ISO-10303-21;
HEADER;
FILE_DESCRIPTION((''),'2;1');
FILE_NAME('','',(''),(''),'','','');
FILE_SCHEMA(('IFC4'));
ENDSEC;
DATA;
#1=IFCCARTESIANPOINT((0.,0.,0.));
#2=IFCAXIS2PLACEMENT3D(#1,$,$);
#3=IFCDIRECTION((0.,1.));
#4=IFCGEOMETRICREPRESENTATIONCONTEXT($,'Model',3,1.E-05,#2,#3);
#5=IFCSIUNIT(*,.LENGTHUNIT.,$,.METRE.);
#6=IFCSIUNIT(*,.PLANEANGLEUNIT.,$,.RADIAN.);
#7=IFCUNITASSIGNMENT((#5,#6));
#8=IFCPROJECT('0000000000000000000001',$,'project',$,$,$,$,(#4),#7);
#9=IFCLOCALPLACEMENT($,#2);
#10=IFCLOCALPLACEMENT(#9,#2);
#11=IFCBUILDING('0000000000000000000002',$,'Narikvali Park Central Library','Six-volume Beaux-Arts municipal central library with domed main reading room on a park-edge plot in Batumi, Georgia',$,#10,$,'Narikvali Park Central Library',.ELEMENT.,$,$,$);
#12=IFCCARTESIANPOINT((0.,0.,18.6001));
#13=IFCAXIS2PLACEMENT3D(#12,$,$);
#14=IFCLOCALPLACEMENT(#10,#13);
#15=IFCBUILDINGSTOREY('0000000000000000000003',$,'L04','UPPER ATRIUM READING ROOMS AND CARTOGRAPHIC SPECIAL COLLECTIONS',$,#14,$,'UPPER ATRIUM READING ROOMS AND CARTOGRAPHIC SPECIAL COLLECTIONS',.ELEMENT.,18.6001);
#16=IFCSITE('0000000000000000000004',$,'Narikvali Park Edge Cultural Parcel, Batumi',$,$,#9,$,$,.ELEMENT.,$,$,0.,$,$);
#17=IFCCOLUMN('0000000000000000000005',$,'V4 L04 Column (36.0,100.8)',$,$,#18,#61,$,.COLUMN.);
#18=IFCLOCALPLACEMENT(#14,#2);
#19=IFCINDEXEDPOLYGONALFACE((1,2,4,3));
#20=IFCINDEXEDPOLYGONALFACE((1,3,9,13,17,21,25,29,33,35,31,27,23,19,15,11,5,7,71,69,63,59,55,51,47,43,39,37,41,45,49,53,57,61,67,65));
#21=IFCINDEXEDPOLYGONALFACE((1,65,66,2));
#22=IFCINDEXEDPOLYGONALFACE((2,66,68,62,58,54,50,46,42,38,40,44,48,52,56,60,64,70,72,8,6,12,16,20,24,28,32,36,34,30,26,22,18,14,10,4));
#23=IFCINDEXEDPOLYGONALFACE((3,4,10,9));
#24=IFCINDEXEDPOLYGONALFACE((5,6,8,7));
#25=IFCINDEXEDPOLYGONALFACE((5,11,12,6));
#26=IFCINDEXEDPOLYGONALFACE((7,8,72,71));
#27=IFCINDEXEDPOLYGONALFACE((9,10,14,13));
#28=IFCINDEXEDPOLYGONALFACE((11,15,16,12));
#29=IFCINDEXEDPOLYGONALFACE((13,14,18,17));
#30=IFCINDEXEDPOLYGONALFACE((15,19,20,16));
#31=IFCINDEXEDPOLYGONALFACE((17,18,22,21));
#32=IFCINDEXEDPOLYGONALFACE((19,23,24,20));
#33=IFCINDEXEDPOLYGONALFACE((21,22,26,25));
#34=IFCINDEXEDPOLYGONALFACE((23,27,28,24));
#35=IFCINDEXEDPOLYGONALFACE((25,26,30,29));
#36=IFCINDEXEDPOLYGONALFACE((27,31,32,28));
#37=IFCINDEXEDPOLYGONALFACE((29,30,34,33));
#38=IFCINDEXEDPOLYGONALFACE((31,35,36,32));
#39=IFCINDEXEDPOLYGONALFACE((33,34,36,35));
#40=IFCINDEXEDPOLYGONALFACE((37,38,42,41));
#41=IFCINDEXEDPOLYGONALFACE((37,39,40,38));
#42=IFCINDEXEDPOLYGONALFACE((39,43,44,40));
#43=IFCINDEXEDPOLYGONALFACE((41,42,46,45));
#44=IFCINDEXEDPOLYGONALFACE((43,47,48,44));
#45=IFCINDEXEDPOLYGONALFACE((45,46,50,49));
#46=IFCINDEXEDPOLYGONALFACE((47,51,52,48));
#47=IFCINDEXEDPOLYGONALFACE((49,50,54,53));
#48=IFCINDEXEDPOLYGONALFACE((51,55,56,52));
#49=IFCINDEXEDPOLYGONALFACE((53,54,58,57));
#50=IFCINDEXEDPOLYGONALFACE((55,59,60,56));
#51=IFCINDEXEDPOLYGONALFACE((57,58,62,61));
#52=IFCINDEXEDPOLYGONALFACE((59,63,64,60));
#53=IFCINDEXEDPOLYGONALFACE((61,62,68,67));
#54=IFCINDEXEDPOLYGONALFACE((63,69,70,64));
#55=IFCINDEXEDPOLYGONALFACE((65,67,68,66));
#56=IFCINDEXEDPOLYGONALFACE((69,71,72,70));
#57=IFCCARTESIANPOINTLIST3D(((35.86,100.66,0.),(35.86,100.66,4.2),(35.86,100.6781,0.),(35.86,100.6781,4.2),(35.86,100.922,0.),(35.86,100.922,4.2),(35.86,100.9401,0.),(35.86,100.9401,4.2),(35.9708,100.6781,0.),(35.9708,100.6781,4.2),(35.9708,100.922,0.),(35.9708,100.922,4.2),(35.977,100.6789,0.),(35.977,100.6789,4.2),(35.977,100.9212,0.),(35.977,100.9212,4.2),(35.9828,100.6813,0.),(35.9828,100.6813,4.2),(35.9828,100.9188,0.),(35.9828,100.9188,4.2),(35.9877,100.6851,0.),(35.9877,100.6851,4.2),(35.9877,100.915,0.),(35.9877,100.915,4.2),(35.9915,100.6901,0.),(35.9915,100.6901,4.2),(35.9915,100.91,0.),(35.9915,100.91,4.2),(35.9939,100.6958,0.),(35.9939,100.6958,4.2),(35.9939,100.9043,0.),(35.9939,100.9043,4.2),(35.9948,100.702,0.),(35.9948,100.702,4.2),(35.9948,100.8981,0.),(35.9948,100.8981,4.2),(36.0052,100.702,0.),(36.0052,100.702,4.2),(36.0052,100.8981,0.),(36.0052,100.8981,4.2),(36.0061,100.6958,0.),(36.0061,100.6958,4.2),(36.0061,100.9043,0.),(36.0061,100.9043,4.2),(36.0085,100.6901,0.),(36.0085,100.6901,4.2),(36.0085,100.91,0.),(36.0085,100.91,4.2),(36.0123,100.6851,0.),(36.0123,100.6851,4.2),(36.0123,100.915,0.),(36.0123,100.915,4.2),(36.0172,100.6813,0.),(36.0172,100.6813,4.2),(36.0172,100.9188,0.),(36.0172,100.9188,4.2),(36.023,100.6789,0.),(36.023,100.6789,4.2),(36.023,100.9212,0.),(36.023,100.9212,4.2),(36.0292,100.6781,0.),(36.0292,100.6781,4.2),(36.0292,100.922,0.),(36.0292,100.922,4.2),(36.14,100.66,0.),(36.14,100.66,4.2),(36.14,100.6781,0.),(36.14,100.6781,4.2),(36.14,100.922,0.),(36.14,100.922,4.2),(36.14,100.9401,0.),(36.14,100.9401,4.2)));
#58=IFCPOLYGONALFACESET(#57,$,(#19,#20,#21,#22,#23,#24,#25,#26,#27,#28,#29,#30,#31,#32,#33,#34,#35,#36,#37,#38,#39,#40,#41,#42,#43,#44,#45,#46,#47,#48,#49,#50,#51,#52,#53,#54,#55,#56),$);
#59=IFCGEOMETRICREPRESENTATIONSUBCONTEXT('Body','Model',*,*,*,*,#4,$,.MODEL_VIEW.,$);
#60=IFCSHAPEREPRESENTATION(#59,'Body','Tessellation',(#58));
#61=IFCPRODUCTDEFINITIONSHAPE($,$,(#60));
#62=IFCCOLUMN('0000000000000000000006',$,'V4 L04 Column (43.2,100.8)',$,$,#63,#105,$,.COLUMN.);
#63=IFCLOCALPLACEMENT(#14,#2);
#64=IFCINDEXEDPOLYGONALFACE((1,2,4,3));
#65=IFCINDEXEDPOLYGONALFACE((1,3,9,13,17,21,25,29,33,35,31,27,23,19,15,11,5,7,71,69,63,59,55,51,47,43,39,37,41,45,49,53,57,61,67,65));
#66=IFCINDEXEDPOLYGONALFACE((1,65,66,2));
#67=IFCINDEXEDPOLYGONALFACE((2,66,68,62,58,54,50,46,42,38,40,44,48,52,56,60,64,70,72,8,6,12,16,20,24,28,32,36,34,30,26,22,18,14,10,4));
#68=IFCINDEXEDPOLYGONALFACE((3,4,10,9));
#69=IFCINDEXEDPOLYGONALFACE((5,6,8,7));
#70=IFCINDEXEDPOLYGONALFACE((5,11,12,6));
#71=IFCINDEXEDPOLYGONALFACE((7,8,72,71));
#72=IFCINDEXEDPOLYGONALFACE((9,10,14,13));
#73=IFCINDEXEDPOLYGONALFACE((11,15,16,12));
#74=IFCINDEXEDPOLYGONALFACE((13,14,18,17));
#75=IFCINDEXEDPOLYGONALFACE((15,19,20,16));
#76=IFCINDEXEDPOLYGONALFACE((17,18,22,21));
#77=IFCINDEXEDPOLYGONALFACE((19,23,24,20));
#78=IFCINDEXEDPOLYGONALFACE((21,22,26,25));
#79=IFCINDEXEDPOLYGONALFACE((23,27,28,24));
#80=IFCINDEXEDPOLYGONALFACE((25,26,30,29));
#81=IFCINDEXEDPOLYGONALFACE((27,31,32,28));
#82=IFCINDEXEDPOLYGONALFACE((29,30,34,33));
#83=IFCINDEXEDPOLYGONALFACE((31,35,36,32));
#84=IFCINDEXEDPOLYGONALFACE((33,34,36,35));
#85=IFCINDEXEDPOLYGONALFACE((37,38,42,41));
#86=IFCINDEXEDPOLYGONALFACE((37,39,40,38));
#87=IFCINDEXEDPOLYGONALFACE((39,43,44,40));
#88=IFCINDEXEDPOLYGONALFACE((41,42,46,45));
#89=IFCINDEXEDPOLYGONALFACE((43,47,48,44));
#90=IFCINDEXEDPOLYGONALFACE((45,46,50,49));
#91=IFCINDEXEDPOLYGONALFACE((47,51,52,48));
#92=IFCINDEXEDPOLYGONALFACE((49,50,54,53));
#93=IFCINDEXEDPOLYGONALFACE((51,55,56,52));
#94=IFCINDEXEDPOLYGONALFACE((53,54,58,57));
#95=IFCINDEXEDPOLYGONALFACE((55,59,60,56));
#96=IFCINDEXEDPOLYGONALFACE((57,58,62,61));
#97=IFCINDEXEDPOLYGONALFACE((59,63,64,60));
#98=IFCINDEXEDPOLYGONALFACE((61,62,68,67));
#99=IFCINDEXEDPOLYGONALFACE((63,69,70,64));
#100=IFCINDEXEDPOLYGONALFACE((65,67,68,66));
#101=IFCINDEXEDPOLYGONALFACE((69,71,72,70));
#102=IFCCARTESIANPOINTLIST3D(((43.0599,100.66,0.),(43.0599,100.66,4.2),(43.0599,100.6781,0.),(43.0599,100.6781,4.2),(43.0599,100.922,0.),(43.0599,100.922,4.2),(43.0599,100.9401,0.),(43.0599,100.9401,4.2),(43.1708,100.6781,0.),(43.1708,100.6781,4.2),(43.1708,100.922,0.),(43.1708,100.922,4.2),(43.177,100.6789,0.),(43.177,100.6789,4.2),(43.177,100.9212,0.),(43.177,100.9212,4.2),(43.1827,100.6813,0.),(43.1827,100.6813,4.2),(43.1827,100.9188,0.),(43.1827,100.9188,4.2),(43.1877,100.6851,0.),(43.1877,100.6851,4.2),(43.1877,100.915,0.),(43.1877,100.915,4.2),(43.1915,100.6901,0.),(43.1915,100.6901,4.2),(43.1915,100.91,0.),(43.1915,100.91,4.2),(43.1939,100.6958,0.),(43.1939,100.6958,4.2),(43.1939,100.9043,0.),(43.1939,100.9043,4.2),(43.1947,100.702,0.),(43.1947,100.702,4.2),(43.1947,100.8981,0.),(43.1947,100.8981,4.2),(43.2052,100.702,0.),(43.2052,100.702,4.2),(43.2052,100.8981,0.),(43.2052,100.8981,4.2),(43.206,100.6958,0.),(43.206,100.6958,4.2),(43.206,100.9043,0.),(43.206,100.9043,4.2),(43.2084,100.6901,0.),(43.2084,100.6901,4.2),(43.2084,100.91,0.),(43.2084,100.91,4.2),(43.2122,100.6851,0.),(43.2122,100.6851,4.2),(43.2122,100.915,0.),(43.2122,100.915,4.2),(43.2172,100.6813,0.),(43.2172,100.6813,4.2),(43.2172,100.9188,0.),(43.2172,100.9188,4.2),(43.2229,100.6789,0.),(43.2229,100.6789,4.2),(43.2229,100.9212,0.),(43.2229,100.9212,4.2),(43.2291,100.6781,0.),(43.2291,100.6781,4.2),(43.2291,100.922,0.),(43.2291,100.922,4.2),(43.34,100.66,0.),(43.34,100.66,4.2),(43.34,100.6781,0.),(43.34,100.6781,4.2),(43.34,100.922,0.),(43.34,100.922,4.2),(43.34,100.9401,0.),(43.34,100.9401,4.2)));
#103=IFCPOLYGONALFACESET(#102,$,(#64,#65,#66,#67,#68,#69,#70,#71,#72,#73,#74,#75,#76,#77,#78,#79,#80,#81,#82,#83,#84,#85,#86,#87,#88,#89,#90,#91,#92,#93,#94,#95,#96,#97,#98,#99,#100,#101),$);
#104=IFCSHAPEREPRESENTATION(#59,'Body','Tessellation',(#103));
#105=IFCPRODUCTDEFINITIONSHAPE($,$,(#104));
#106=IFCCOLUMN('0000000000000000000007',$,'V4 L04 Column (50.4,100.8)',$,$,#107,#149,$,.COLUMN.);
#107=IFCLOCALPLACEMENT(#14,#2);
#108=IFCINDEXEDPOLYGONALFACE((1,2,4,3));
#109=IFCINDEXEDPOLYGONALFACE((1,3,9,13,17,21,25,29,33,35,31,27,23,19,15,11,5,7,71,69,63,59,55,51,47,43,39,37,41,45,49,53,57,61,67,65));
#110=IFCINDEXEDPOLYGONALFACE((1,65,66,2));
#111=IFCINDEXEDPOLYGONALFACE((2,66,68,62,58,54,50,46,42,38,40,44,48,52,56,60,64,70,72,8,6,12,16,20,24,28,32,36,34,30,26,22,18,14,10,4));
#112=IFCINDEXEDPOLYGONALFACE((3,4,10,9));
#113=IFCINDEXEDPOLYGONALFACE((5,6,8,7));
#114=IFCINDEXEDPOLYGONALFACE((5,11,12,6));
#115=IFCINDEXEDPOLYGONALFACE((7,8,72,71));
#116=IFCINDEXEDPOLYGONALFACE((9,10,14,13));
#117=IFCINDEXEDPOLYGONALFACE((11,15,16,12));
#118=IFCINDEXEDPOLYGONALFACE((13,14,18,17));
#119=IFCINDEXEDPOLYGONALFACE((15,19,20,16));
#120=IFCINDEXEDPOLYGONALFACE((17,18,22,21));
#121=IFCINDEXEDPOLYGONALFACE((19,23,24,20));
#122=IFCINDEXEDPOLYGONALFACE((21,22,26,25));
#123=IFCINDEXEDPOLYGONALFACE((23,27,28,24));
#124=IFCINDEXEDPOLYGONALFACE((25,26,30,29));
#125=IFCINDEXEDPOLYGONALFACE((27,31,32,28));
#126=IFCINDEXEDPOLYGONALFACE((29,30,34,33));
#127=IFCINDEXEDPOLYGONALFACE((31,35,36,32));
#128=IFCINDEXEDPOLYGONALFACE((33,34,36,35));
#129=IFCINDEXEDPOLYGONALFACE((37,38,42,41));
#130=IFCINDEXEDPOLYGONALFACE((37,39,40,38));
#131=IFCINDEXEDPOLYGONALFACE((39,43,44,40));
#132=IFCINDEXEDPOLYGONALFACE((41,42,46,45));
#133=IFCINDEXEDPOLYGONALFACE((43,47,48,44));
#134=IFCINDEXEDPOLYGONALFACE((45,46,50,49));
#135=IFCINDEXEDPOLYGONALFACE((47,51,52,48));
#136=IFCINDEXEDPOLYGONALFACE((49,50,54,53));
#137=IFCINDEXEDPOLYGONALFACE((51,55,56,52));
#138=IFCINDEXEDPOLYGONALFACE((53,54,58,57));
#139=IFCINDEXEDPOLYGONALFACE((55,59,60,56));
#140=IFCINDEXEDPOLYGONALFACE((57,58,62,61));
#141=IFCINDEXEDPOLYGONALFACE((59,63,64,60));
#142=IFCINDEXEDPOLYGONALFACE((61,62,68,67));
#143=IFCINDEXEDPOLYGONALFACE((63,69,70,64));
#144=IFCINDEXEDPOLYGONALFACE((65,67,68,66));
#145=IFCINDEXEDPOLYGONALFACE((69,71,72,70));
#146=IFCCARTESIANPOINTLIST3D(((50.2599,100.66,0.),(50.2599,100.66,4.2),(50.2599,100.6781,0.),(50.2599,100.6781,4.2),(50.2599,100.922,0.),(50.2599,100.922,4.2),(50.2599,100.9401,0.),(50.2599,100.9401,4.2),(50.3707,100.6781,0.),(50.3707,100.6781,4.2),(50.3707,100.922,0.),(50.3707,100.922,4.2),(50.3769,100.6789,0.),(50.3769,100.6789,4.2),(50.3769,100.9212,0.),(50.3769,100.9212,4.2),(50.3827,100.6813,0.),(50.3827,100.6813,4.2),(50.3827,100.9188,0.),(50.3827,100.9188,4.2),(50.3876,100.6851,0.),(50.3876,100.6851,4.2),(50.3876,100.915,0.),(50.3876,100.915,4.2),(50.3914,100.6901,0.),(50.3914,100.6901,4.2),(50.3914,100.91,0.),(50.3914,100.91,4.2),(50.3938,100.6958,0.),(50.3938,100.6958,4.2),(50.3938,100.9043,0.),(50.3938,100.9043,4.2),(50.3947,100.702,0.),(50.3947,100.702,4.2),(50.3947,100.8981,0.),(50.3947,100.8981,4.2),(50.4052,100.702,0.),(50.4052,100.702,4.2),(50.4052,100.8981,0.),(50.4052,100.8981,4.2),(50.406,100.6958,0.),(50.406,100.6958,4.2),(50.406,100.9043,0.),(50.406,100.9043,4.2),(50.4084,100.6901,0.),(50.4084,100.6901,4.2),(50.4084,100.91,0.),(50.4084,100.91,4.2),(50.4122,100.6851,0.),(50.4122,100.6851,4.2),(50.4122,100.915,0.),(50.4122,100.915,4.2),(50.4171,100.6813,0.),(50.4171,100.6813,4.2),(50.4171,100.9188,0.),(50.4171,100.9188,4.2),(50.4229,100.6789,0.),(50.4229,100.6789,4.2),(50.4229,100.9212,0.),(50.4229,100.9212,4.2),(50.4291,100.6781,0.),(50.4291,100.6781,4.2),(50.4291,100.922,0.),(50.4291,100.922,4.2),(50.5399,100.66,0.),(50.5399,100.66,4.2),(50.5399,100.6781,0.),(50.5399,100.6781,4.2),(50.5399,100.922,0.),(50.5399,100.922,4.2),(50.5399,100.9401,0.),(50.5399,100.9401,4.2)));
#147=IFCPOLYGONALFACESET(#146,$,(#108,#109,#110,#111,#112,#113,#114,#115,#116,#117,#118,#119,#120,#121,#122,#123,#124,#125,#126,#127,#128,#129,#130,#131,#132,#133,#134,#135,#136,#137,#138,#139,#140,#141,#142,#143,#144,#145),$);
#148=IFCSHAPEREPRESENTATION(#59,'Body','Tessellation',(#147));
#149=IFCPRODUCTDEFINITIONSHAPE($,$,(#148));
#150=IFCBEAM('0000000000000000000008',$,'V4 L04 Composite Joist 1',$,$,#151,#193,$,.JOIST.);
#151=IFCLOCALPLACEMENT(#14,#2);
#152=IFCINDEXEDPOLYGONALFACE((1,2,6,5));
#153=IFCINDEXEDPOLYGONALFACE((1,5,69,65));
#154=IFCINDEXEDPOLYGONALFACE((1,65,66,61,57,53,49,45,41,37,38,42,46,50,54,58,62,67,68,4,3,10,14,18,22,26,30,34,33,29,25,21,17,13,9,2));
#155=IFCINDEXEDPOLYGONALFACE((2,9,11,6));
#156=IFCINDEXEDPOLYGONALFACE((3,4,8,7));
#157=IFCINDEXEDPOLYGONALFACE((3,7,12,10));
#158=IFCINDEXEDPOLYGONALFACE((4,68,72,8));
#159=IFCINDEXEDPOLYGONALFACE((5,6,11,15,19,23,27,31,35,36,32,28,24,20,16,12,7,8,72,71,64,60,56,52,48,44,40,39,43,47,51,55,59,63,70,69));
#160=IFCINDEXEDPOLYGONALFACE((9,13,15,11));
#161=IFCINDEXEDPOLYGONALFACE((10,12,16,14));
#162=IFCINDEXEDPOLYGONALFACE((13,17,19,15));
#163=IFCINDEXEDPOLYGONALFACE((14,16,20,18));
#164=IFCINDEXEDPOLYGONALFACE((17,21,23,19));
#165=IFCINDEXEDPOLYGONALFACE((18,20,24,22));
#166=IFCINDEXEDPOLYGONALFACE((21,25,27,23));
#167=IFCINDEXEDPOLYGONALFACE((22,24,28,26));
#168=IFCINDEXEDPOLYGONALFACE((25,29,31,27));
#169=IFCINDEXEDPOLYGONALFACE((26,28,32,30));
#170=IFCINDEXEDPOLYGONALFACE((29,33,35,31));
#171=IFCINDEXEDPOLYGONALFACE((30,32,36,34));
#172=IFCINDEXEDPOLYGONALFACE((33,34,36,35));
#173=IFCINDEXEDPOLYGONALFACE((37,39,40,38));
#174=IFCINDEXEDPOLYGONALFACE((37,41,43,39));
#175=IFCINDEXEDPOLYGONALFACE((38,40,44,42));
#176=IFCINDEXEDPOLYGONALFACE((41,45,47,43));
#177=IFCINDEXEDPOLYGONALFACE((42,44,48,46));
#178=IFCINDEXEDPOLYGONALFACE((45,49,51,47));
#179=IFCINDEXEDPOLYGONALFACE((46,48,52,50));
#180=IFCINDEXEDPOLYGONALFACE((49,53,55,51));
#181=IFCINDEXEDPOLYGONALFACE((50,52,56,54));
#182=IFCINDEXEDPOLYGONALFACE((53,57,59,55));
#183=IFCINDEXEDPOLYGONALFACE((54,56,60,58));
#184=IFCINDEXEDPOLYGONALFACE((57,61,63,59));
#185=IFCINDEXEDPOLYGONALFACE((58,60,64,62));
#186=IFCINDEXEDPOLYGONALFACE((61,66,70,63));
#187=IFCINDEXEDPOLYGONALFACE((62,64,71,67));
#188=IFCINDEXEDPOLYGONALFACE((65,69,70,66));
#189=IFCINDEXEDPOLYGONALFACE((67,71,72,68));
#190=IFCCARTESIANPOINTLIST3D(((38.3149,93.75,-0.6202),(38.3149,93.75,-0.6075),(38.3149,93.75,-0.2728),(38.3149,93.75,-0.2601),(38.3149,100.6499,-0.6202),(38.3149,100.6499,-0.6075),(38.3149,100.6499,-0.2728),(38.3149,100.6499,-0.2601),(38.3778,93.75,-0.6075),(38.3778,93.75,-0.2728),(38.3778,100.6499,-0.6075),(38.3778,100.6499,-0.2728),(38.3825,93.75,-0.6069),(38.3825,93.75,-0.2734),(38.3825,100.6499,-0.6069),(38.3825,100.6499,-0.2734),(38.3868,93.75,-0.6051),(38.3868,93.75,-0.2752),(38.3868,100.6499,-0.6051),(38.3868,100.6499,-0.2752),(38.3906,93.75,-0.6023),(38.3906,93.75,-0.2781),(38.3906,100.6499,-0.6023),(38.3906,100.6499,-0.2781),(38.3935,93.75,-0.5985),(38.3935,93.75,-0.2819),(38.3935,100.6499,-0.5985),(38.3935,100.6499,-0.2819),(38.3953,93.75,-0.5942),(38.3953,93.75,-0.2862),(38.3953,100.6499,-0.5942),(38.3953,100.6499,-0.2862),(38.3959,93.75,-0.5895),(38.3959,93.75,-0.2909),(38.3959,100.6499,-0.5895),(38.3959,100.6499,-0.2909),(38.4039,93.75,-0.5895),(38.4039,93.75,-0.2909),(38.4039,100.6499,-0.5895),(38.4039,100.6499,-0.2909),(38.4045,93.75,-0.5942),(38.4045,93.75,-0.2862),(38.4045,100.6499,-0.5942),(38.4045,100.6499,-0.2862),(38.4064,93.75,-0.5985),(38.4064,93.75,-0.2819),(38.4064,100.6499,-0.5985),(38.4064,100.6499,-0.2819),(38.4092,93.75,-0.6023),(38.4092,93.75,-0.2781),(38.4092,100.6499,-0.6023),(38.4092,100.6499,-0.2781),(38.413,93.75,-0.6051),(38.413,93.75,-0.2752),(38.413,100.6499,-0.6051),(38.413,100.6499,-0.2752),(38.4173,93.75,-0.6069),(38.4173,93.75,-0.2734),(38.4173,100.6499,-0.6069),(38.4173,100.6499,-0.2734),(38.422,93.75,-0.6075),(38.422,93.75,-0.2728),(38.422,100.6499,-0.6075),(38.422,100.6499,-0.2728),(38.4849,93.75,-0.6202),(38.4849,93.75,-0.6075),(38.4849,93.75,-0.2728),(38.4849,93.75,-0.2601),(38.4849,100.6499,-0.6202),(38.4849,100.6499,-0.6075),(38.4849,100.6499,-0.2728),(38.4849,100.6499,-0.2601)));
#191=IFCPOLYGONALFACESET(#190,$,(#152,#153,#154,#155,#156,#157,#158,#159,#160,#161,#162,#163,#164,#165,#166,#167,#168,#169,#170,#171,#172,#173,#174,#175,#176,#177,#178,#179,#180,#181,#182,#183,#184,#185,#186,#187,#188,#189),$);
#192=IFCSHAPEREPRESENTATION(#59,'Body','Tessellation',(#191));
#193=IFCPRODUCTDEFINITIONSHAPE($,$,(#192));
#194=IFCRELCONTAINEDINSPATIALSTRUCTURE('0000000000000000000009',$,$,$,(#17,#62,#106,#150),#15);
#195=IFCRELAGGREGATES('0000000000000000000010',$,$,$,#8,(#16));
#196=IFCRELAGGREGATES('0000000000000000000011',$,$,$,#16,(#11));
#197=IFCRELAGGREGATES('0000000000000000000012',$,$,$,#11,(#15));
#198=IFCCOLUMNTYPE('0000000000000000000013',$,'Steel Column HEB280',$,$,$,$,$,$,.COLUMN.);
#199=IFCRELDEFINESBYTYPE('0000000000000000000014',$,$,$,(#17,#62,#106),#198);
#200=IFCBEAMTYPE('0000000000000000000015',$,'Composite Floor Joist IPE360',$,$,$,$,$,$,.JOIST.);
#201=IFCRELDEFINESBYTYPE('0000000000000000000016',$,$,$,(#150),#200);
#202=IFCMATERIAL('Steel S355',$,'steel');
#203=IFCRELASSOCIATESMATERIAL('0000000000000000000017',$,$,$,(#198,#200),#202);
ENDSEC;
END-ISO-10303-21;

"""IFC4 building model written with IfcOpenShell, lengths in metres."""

from ifc_helpers import new_model, si_unit, direction, frame, origin, origin_2d, place, context, subcontext, project, spatial, i_section, extrude, material, material_profile, profile_set, type_object, element, save


model = new_model("IFC4")

# Units and contexts
model_context = context("Model", 3, precision=1e-05, world=origin(), true_north=direction((0.0, 1.0)))
body_context = subcontext(model_context, "Body", "Model", "MODEL_VIEW")
ifc_project = project(units=[si_unit("LENGTHUNIT", "METRE"), si_unit("PLANEANGLEUNIT", "RADIAN")], contexts=[model_context])

# Site, building, storey
site_placement = place(None, origin())
site = spatial("IfcSite", under=ifc_project, at=site_placement, Name="Narikvali Park Edge Cultural Parcel, Batumi", CompositionType="ELEMENT", RefElevation=0.0)
building_placement = place(site_placement, origin())
building = spatial("IfcBuilding", under=site, at=building_placement, Name="Narikvali Park Central Library", Description="Six-volume Beaux-Arts municipal central library with domed main reading room on a park-edge plot in Batumi, Georgia", LongName="Narikvali Park Central Library", CompositionType="ELEMENT")
storey_placement = place(building_placement, frame((0.0, 0.0, 18.6001)))
storey = spatial("IfcBuildingStorey", under=building, at=storey_placement, Name="L04", Description="UPPER ATRIUM READING ROOMS AND CARTOGRAPHIC SPECIAL COLLECTIONS", LongName="UPPER ATRIUM READING ROOMS AND CARTOGRAPHIC SPECIAL COLLECTIONS", CompositionType="ELEMENT", Elevation=18.6001)

# Columns
ifc_material_1 = material(Name="Steel S355", Category="steel")
ifc_material_profile_1 = material_profile(ifc_material_1, i_section(OverallWidth=0.28, OverallDepth=0.28, WebThickness=0.0105, FlangeThickness=0.0181, FilletRadius=0.0239, at=origin_2d()), Name="HEB 280")
ifc_profile_set_1 = profile_set([ifc_material_profile_1], Name="Steel S355")
column_type = type_object("IfcColumnType", Name="Steel Column HEB280", PredefinedType="COLUMN", material=ifc_profile_set_1)
for number, where, z_axis, x_axis, name in (
    (1, (36.0, 100.8, 0.0), (0.0, 0.0, 1.0), (1.0, 0.0, 0.0), "V4 L04 Column (36.0,100.8)"),
    (2, (43.2, 100.8, 0.0), (0.0, 0.0, 1.0), (1.0, 0.0, 0.0), "V4 L04 Column (43.2,100.8)"),
    (3, (50.3999, 100.8, 0.0), (0.0, 0.0, 1.0), (1.0, 0.0, 0.0), "V4 L04 Column (50.4,100.8)"),
):
    element("IfcColumn", number, at=place(storey_placement, frame(where, z_axis=z_axis, x_axis=x_axis)), inside=storey, type_object=column_type, Name=name, PredefinedType="COLUMN", context=body_context, shape_type="SweptSolid", body=[
        extrude(i_section(OverallWidth=0.28, OverallDepth=0.28, WebThickness=0.0105, FlangeThickness=0.0181, FilletRadius=0.0239, at=origin_2d()), origin(), (0.0, 0.0, 1.0), 4.2),
    ])

# Beam
ifc_material_profile_2 = material_profile(ifc_material_1, i_section(OverallWidth=0.1699, OverallDepth=0.3601, WebThickness=0.0081, FlangeThickness=0.0127, FilletRadius=0.0181, at=origin_2d()), Name="IPE 360")
ifc_profile_set_2 = profile_set([ifc_material_profile_2], Name="Steel S355")
beam_type_1 = type_object("IfcBeamType", Name="Composite Floor Joist IPE360", PredefinedType="JOIST", material=ifc_profile_set_2)
for number, where, z_axis, x_axis, name in (
    (4, (38.3999, 93.75, -0.4402), (0.0, 1.0, 0.0), (-1.0, 0.0, 0.0), "V4 L04 Composite Joist 1"),
):
    element("IfcBeam", number, at=place(storey_placement, frame(where, z_axis=z_axis, x_axis=x_axis)), inside=storey, type_object=beam_type_1, Name=name, PredefinedType="JOIST", context=body_context, shape_type="SweptSolid", body=[
        extrude(i_section(OverallWidth=0.1699, OverallDepth=0.3601, WebThickness=0.0081, FlangeThickness=0.0127, FilletRadius=0.0181, at=origin_2d()), origin(), (0.0, 0.0, 1.0), 6.8999),
    ])

save(model, "model.ifc")
